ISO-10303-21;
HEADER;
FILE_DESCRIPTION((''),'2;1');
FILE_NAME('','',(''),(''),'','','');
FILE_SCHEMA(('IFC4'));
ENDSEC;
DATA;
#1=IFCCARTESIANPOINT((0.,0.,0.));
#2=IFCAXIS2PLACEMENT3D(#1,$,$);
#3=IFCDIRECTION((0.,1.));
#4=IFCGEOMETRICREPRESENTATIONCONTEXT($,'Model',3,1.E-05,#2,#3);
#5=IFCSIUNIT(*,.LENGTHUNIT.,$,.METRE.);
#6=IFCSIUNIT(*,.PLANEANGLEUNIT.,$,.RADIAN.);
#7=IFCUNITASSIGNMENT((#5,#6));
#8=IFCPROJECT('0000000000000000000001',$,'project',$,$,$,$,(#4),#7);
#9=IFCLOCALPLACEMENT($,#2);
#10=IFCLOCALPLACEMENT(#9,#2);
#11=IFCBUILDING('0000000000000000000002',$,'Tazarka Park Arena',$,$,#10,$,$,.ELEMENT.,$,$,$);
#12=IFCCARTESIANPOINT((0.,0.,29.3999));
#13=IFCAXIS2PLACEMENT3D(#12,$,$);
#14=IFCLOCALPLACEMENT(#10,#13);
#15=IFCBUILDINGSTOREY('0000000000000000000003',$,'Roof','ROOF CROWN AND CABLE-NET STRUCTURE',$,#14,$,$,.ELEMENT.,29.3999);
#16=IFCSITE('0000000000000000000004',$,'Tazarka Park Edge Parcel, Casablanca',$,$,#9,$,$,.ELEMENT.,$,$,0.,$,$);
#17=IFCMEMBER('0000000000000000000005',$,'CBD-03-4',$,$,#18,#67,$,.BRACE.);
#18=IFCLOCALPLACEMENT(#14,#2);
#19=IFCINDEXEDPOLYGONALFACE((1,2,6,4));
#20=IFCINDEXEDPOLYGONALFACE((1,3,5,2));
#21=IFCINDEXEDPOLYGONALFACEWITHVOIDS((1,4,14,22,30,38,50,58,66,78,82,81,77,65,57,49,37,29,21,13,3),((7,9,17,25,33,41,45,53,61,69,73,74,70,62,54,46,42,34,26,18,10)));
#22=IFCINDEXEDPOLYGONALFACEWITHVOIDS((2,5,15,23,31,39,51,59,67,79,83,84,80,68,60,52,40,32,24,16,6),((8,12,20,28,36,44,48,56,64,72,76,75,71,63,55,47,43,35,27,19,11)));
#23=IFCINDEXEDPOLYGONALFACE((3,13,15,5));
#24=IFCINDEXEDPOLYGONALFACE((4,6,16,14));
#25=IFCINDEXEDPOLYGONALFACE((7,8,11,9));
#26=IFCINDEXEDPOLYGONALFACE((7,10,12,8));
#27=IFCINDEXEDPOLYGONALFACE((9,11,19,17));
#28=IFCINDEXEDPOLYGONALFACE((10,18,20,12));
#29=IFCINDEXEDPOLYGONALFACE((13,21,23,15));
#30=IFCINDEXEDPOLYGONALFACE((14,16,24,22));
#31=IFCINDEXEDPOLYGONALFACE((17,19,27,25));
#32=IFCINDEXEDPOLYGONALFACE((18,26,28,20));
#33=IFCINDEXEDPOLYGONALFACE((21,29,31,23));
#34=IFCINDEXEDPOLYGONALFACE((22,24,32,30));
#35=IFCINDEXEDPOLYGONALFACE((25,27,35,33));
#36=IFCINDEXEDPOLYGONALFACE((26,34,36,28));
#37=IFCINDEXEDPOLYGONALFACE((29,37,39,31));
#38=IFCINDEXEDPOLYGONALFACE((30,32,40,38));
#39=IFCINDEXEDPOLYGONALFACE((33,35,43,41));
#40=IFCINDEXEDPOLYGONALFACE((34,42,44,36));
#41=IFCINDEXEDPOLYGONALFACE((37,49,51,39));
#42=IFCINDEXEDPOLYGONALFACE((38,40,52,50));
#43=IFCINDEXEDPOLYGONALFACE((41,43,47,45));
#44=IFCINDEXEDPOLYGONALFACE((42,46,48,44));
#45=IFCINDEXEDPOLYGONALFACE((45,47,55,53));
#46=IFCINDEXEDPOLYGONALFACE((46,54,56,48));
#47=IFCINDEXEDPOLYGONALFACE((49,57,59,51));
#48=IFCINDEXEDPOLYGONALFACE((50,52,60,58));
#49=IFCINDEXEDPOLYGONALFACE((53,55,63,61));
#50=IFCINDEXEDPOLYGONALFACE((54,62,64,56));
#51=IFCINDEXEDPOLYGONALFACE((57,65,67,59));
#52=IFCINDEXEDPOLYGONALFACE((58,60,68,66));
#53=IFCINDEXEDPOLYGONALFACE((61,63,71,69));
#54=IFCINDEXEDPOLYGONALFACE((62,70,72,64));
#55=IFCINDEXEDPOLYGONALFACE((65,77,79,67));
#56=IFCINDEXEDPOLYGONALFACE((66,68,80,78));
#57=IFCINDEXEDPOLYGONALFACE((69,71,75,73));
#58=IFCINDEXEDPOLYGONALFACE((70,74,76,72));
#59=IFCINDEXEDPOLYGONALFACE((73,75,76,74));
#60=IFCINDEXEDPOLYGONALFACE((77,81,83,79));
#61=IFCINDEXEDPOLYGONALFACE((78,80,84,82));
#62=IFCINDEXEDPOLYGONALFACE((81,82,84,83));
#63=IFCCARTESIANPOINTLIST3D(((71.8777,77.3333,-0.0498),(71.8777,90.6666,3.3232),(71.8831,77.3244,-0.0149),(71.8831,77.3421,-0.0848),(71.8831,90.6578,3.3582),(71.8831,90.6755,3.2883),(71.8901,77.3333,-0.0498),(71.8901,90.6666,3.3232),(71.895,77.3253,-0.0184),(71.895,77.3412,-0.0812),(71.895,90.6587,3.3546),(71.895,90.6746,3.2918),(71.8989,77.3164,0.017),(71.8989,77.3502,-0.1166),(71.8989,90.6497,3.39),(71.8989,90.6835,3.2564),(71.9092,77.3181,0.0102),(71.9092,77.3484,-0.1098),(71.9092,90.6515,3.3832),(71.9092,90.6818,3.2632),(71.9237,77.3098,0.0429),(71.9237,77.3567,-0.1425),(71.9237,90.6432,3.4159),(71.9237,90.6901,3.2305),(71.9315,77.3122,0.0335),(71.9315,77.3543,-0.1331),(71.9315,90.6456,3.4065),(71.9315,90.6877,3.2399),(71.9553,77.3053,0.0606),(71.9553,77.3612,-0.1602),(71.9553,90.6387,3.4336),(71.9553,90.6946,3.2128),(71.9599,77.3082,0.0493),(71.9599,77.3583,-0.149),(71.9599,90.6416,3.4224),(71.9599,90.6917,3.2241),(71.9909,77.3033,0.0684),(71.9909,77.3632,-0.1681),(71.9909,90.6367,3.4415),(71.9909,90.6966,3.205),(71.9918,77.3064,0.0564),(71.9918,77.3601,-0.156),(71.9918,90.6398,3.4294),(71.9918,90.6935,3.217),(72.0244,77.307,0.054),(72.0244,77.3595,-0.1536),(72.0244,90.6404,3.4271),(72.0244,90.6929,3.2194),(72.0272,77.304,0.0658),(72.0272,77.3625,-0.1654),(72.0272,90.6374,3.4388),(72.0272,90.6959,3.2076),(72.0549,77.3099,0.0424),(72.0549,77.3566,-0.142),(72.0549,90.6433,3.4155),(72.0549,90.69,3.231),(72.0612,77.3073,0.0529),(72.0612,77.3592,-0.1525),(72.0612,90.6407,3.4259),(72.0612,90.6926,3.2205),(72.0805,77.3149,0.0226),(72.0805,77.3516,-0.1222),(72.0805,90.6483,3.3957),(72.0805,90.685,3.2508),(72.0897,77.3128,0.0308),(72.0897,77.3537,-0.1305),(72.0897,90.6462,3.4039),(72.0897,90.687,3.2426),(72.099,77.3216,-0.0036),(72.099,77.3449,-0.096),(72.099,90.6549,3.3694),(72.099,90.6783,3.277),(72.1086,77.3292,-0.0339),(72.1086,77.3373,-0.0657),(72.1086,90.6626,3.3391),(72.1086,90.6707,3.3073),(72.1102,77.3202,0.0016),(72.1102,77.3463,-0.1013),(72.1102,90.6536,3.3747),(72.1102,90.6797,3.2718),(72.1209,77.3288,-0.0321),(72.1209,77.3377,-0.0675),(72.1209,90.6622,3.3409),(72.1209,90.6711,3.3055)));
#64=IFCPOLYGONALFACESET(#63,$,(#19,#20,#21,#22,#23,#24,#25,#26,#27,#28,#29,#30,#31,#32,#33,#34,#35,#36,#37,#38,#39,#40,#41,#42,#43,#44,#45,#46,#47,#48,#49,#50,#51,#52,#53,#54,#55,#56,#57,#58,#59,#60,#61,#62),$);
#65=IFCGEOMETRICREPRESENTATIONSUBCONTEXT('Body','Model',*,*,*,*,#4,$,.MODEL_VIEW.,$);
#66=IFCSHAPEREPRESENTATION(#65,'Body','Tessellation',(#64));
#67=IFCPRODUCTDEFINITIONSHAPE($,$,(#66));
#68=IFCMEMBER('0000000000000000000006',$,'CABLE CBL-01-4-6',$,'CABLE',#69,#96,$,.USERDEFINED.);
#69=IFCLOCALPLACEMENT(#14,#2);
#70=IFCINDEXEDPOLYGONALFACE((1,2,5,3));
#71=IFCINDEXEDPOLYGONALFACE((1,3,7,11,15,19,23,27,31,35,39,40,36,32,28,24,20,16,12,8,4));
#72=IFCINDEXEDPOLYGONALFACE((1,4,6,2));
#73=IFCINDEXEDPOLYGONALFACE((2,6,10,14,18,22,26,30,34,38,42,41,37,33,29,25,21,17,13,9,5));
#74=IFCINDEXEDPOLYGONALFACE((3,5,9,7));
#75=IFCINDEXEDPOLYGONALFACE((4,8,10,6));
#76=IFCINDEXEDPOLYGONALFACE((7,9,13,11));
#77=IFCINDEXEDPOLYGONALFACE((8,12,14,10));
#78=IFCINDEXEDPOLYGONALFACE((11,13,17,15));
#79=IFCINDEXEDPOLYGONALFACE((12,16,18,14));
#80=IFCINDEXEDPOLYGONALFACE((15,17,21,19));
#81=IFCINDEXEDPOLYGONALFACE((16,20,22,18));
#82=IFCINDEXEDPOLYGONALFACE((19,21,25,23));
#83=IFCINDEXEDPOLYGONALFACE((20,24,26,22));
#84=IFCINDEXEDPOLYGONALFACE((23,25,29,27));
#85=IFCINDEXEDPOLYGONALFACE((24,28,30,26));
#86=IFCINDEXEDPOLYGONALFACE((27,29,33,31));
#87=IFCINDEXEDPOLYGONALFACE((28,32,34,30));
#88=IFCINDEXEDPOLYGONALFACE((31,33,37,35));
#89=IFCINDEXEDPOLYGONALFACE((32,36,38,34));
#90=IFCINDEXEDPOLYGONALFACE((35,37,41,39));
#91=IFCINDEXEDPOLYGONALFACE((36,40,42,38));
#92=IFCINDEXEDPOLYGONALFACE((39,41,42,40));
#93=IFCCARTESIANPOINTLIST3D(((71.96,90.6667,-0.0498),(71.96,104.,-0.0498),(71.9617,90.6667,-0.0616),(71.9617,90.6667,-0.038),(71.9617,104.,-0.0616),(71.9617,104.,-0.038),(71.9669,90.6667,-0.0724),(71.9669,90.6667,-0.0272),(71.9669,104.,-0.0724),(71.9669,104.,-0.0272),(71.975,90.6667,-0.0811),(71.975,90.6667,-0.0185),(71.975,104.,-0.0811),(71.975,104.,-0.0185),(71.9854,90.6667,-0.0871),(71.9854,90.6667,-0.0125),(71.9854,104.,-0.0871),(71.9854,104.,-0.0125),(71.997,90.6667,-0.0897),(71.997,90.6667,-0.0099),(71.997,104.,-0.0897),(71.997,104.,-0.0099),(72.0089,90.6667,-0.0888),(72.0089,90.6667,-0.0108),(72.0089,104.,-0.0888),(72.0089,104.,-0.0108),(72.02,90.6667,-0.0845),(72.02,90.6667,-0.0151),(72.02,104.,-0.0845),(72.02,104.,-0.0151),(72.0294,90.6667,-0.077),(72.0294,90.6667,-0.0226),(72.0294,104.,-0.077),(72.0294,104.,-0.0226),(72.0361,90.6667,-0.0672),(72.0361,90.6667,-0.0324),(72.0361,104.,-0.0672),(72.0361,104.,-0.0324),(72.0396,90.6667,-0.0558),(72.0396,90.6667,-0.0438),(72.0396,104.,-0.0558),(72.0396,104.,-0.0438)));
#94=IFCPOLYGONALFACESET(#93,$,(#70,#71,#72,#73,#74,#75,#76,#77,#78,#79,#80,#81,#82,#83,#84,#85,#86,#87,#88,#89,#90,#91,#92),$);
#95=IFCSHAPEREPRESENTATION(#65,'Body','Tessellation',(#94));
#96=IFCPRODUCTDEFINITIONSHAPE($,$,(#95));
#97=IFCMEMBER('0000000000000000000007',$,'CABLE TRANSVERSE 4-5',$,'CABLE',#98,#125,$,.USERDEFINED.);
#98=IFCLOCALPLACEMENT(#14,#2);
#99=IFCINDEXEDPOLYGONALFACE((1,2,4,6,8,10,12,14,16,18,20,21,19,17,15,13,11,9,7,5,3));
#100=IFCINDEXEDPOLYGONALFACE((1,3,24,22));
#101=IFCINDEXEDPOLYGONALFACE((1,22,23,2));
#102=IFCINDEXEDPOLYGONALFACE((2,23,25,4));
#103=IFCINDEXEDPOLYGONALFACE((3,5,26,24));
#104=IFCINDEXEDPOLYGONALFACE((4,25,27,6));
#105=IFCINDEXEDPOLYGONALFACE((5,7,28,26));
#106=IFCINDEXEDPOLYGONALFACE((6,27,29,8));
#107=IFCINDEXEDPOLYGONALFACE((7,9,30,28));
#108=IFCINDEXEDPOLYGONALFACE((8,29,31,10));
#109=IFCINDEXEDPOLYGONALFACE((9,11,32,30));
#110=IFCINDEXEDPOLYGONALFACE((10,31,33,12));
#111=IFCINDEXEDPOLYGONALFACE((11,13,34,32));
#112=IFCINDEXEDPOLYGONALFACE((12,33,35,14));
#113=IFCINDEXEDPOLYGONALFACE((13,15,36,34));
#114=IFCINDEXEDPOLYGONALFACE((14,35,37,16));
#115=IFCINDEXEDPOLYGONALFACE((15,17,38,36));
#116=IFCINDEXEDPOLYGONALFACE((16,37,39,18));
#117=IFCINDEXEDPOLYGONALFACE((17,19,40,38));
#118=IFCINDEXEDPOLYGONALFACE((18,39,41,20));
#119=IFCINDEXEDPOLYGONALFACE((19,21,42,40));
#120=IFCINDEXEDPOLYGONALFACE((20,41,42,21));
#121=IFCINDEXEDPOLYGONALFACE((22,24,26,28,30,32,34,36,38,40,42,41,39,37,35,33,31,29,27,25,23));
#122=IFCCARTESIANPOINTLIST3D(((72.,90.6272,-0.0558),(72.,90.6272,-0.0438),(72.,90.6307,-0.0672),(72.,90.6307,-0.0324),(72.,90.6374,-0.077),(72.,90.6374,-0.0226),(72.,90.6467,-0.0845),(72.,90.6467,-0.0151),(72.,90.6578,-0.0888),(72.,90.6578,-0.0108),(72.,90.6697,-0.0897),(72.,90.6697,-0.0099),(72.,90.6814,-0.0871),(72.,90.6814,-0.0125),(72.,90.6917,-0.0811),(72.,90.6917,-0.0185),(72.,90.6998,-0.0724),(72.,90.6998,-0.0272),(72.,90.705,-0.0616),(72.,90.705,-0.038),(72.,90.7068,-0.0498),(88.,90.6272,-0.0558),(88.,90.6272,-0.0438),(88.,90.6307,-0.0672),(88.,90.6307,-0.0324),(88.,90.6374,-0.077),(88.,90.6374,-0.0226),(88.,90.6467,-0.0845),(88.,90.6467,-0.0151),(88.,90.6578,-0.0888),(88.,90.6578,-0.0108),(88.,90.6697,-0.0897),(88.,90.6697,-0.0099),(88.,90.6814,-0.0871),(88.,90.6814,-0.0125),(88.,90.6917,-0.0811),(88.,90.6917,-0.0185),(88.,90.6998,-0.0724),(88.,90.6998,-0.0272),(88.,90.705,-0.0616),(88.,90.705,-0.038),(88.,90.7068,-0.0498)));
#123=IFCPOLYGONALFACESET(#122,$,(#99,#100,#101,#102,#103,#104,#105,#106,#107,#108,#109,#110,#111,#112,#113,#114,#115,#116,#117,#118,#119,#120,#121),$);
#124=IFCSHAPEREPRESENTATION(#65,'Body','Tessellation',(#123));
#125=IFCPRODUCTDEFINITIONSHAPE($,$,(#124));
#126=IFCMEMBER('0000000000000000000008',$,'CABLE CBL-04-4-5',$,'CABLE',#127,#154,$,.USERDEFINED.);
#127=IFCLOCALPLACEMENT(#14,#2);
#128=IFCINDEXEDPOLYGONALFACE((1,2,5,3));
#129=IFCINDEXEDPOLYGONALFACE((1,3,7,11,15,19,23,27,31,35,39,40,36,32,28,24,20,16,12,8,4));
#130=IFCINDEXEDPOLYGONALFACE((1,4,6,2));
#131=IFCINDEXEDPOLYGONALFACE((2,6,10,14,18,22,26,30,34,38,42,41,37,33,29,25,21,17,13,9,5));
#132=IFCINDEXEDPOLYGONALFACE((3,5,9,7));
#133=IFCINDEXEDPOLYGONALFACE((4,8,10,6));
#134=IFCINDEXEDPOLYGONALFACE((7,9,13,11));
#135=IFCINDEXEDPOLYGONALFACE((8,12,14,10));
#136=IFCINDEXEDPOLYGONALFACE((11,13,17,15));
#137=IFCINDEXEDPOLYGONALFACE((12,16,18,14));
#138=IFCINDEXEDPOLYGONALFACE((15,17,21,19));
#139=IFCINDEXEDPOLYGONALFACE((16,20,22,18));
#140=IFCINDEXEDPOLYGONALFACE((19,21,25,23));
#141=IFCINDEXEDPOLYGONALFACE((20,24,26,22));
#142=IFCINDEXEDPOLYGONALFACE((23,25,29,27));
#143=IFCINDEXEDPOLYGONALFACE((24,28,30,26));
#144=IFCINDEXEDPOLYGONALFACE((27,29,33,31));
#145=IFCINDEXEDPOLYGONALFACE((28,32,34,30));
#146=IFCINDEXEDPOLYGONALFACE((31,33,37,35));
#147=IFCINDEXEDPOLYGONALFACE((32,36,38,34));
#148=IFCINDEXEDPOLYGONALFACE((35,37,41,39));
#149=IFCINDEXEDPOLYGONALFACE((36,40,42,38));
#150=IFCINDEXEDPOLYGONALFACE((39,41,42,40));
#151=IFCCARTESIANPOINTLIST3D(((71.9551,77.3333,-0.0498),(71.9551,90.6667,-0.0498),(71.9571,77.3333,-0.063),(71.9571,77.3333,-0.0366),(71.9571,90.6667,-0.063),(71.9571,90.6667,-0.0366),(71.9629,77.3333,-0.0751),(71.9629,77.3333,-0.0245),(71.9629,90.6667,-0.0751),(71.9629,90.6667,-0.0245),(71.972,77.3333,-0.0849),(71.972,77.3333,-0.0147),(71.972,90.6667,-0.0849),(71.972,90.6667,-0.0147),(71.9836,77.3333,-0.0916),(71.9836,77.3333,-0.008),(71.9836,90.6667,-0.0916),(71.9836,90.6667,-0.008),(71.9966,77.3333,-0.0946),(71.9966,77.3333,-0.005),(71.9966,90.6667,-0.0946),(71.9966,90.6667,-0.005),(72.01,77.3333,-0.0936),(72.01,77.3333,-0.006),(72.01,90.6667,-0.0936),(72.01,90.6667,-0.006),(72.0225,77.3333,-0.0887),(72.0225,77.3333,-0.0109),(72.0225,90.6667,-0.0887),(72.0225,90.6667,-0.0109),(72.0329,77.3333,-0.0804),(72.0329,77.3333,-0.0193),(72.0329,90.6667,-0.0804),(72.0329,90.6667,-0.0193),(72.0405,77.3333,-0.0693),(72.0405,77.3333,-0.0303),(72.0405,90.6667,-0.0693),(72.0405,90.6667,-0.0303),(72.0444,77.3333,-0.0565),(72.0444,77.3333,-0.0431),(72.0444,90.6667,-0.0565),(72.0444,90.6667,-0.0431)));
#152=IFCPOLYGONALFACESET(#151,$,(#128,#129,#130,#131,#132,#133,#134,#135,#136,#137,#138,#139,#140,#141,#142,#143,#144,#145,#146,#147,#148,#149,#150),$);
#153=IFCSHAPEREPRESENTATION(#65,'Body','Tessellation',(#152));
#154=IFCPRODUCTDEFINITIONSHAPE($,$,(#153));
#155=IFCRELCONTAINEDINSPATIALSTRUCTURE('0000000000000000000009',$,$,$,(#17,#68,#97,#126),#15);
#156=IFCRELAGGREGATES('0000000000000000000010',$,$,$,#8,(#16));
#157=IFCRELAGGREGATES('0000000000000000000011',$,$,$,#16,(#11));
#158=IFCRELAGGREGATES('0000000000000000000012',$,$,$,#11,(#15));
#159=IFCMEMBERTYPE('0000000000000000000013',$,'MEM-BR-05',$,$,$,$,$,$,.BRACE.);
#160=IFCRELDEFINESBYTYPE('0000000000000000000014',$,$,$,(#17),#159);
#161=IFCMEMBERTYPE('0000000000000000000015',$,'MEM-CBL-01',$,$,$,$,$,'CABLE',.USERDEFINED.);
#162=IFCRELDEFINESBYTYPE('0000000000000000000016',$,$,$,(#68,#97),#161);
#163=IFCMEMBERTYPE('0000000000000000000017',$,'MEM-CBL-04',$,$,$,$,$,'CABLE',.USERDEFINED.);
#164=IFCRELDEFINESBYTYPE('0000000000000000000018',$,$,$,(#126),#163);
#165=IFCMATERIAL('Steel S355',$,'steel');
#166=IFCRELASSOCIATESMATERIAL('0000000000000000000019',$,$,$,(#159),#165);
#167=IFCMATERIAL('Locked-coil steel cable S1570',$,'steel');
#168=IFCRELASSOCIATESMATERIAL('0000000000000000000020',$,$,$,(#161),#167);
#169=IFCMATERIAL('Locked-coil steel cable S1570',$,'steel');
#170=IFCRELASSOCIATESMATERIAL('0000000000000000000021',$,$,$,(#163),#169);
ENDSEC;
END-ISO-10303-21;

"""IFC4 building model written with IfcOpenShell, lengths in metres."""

from ifc_helpers import new_model, si_unit, direction, frame, origin, origin_2d, place, context, subcontext, project, spatial, circle, hollow_circle, extrude, material, material_profile, profile_set, type_object, element, save


model = new_model("IFC4")

# Units and contexts
model_context = context("Model", 3, precision=1e-05, world=origin(), true_north=direction((0.0, 1.0)))
body_context = subcontext(model_context, "Body", "Model", "MODEL_VIEW")
ifc_project = project(units=[si_unit("LENGTHUNIT", "METRE"), si_unit("PLANEANGLEUNIT", "RADIAN")], contexts=[model_context])

# Site, building, storey
site_placement = place(None, origin())
site = spatial("IfcSite", under=ifc_project, at=site_placement, Name="Tazarka Park Edge Parcel, Casablanca", CompositionType="ELEMENT", RefElevation=0.0)
building_placement = place(site_placement, origin())
building = spatial("IfcBuilding", under=site, at=building_placement, Name="Tazarka Park Arena", CompositionType="ELEMENT")
storey_placement = place(building_placement, frame((0.0, 0.0, 29.3999)))
storey = spatial("IfcBuildingStorey", under=building, at=storey_placement, Name="Roof", Description="ROOF CROWN AND CABLE-NET STRUCTURE", CompositionType="ELEMENT", Elevation=29.3999)

# Members
ifc_material_1 = material(Name="Steel S355", Category="steel")
ifc_material_profile_1 = material_profile(ifc_material_1, hollow_circle(Radius=0.1223, WallThickness=0.0125, at=origin_2d()), Name="Steel S355")
ifc_profile_set_1 = profile_set([ifc_material_profile_1], Name="Steel S355")
member_type_1 = type_object("IfcMemberType", Name="MEM-BR-05", PredefinedType="BRACE", material=ifc_profile_set_1)
member_1_placement = place(storey_placement, frame((72.0, 77.3333, -0.0498), z_axis=(0.0, 0.96946, 0.24525), x_axis=(-1.0, 0.0, 0.0)))
element("IfcMember", 1, at=member_1_placement, inside=storey, type_object=member_type_1, Name="CBD-03-4", PredefinedType="BRACE", context=body_context, shape_type="SweptSolid", body=[
    extrude(hollow_circle(Radius=0.1223, WallThickness=0.0125, at=origin_2d()), origin(), (0.0, 0.0, 1.0), 13.7534),
])
ifc_material_2 = material(Name="Locked-coil steel cable S1570", Category="steel")
ifc_material_profile_2 = material_profile(ifc_material_2, circle(Radius=0.04, at=origin_2d()), Name="Locked-coil steel cable S1570")
ifc_profile_set_2 = profile_set([ifc_material_profile_2], Name="Locked-coil steel cable S1570")
member_type_2 = type_object("IfcMemberType", Name="MEM-CBL-01", ElementType="CABLE", PredefinedType="USERDEFINED", material=ifc_profile_set_2)
member_2_placement = place(storey_placement, frame((72.0, 90.6667, -0.0498), z_axis=(0.0, 1.0, 0.0), x_axis=(-1.0, 0.0, 0.0)))
element("IfcMember", 2, at=member_2_placement, inside=storey, type_object=member_type_2, Name="CABLE CBL-01-4-6", ObjectType="CABLE", PredefinedType="USERDEFINED", context=body_context, shape_type="SweptSolid", body=[
    extrude(circle(Radius=0.04, at=origin_2d()), origin(), (0.0, 0.0, 1.0), 13.3333),
])
member_3_placement = place(storey_placement, frame((72.0, 90.6667, -0.0498), z_axis=(1.0, 0.0, 0.0), x_axis=(0.0, 1.0, 0.0)))
element("IfcMember", 3, at=member_3_placement, inside=storey, type_object=member_type_2, Name="CABLE TRANSVERSE 4-5", ObjectType="CABLE", PredefinedType="USERDEFINED", context=body_context, shape_type="SweptSolid", body=[
    extrude(circle(Radius=0.04, at=origin_2d()), origin(), (0.0, 0.0, 1.0), 16.0),
])
ifc_material_3 = material(Name="Locked-coil steel cable S1570", Category="steel")
ifc_material_profile_3 = material_profile(ifc_material_3, circle(Radius=0.0449, at=origin_2d()), Name="Locked-coil steel cable S1570")
ifc_profile_set_3 = profile_set([ifc_material_profile_3], Name="Locked-coil steel cable S1570")
member_type_3 = type_object("IfcMemberType", Name="MEM-CBL-04", ElementType="CABLE", PredefinedType="USERDEFINED", material=ifc_profile_set_3)
member_4_placement = place(storey_placement, frame((72.0, 77.3333, -0.0498), z_axis=(0.0, 1.0, 0.0), x_axis=(-1.0, 0.0, 0.0)))
element("IfcMember", 4, at=member_4_placement, inside=storey, type_object=member_type_3, Name="CABLE CBL-04-4-5", ObjectType="CABLE", PredefinedType="USERDEFINED", context=body_context, shape_type="SweptSolid", body=[
    extrude(circle(Radius=0.0449, at=origin_2d()), origin(), (0.0, 0.0, 1.0), 13.3335),
])

save(model, "model.ifc")
